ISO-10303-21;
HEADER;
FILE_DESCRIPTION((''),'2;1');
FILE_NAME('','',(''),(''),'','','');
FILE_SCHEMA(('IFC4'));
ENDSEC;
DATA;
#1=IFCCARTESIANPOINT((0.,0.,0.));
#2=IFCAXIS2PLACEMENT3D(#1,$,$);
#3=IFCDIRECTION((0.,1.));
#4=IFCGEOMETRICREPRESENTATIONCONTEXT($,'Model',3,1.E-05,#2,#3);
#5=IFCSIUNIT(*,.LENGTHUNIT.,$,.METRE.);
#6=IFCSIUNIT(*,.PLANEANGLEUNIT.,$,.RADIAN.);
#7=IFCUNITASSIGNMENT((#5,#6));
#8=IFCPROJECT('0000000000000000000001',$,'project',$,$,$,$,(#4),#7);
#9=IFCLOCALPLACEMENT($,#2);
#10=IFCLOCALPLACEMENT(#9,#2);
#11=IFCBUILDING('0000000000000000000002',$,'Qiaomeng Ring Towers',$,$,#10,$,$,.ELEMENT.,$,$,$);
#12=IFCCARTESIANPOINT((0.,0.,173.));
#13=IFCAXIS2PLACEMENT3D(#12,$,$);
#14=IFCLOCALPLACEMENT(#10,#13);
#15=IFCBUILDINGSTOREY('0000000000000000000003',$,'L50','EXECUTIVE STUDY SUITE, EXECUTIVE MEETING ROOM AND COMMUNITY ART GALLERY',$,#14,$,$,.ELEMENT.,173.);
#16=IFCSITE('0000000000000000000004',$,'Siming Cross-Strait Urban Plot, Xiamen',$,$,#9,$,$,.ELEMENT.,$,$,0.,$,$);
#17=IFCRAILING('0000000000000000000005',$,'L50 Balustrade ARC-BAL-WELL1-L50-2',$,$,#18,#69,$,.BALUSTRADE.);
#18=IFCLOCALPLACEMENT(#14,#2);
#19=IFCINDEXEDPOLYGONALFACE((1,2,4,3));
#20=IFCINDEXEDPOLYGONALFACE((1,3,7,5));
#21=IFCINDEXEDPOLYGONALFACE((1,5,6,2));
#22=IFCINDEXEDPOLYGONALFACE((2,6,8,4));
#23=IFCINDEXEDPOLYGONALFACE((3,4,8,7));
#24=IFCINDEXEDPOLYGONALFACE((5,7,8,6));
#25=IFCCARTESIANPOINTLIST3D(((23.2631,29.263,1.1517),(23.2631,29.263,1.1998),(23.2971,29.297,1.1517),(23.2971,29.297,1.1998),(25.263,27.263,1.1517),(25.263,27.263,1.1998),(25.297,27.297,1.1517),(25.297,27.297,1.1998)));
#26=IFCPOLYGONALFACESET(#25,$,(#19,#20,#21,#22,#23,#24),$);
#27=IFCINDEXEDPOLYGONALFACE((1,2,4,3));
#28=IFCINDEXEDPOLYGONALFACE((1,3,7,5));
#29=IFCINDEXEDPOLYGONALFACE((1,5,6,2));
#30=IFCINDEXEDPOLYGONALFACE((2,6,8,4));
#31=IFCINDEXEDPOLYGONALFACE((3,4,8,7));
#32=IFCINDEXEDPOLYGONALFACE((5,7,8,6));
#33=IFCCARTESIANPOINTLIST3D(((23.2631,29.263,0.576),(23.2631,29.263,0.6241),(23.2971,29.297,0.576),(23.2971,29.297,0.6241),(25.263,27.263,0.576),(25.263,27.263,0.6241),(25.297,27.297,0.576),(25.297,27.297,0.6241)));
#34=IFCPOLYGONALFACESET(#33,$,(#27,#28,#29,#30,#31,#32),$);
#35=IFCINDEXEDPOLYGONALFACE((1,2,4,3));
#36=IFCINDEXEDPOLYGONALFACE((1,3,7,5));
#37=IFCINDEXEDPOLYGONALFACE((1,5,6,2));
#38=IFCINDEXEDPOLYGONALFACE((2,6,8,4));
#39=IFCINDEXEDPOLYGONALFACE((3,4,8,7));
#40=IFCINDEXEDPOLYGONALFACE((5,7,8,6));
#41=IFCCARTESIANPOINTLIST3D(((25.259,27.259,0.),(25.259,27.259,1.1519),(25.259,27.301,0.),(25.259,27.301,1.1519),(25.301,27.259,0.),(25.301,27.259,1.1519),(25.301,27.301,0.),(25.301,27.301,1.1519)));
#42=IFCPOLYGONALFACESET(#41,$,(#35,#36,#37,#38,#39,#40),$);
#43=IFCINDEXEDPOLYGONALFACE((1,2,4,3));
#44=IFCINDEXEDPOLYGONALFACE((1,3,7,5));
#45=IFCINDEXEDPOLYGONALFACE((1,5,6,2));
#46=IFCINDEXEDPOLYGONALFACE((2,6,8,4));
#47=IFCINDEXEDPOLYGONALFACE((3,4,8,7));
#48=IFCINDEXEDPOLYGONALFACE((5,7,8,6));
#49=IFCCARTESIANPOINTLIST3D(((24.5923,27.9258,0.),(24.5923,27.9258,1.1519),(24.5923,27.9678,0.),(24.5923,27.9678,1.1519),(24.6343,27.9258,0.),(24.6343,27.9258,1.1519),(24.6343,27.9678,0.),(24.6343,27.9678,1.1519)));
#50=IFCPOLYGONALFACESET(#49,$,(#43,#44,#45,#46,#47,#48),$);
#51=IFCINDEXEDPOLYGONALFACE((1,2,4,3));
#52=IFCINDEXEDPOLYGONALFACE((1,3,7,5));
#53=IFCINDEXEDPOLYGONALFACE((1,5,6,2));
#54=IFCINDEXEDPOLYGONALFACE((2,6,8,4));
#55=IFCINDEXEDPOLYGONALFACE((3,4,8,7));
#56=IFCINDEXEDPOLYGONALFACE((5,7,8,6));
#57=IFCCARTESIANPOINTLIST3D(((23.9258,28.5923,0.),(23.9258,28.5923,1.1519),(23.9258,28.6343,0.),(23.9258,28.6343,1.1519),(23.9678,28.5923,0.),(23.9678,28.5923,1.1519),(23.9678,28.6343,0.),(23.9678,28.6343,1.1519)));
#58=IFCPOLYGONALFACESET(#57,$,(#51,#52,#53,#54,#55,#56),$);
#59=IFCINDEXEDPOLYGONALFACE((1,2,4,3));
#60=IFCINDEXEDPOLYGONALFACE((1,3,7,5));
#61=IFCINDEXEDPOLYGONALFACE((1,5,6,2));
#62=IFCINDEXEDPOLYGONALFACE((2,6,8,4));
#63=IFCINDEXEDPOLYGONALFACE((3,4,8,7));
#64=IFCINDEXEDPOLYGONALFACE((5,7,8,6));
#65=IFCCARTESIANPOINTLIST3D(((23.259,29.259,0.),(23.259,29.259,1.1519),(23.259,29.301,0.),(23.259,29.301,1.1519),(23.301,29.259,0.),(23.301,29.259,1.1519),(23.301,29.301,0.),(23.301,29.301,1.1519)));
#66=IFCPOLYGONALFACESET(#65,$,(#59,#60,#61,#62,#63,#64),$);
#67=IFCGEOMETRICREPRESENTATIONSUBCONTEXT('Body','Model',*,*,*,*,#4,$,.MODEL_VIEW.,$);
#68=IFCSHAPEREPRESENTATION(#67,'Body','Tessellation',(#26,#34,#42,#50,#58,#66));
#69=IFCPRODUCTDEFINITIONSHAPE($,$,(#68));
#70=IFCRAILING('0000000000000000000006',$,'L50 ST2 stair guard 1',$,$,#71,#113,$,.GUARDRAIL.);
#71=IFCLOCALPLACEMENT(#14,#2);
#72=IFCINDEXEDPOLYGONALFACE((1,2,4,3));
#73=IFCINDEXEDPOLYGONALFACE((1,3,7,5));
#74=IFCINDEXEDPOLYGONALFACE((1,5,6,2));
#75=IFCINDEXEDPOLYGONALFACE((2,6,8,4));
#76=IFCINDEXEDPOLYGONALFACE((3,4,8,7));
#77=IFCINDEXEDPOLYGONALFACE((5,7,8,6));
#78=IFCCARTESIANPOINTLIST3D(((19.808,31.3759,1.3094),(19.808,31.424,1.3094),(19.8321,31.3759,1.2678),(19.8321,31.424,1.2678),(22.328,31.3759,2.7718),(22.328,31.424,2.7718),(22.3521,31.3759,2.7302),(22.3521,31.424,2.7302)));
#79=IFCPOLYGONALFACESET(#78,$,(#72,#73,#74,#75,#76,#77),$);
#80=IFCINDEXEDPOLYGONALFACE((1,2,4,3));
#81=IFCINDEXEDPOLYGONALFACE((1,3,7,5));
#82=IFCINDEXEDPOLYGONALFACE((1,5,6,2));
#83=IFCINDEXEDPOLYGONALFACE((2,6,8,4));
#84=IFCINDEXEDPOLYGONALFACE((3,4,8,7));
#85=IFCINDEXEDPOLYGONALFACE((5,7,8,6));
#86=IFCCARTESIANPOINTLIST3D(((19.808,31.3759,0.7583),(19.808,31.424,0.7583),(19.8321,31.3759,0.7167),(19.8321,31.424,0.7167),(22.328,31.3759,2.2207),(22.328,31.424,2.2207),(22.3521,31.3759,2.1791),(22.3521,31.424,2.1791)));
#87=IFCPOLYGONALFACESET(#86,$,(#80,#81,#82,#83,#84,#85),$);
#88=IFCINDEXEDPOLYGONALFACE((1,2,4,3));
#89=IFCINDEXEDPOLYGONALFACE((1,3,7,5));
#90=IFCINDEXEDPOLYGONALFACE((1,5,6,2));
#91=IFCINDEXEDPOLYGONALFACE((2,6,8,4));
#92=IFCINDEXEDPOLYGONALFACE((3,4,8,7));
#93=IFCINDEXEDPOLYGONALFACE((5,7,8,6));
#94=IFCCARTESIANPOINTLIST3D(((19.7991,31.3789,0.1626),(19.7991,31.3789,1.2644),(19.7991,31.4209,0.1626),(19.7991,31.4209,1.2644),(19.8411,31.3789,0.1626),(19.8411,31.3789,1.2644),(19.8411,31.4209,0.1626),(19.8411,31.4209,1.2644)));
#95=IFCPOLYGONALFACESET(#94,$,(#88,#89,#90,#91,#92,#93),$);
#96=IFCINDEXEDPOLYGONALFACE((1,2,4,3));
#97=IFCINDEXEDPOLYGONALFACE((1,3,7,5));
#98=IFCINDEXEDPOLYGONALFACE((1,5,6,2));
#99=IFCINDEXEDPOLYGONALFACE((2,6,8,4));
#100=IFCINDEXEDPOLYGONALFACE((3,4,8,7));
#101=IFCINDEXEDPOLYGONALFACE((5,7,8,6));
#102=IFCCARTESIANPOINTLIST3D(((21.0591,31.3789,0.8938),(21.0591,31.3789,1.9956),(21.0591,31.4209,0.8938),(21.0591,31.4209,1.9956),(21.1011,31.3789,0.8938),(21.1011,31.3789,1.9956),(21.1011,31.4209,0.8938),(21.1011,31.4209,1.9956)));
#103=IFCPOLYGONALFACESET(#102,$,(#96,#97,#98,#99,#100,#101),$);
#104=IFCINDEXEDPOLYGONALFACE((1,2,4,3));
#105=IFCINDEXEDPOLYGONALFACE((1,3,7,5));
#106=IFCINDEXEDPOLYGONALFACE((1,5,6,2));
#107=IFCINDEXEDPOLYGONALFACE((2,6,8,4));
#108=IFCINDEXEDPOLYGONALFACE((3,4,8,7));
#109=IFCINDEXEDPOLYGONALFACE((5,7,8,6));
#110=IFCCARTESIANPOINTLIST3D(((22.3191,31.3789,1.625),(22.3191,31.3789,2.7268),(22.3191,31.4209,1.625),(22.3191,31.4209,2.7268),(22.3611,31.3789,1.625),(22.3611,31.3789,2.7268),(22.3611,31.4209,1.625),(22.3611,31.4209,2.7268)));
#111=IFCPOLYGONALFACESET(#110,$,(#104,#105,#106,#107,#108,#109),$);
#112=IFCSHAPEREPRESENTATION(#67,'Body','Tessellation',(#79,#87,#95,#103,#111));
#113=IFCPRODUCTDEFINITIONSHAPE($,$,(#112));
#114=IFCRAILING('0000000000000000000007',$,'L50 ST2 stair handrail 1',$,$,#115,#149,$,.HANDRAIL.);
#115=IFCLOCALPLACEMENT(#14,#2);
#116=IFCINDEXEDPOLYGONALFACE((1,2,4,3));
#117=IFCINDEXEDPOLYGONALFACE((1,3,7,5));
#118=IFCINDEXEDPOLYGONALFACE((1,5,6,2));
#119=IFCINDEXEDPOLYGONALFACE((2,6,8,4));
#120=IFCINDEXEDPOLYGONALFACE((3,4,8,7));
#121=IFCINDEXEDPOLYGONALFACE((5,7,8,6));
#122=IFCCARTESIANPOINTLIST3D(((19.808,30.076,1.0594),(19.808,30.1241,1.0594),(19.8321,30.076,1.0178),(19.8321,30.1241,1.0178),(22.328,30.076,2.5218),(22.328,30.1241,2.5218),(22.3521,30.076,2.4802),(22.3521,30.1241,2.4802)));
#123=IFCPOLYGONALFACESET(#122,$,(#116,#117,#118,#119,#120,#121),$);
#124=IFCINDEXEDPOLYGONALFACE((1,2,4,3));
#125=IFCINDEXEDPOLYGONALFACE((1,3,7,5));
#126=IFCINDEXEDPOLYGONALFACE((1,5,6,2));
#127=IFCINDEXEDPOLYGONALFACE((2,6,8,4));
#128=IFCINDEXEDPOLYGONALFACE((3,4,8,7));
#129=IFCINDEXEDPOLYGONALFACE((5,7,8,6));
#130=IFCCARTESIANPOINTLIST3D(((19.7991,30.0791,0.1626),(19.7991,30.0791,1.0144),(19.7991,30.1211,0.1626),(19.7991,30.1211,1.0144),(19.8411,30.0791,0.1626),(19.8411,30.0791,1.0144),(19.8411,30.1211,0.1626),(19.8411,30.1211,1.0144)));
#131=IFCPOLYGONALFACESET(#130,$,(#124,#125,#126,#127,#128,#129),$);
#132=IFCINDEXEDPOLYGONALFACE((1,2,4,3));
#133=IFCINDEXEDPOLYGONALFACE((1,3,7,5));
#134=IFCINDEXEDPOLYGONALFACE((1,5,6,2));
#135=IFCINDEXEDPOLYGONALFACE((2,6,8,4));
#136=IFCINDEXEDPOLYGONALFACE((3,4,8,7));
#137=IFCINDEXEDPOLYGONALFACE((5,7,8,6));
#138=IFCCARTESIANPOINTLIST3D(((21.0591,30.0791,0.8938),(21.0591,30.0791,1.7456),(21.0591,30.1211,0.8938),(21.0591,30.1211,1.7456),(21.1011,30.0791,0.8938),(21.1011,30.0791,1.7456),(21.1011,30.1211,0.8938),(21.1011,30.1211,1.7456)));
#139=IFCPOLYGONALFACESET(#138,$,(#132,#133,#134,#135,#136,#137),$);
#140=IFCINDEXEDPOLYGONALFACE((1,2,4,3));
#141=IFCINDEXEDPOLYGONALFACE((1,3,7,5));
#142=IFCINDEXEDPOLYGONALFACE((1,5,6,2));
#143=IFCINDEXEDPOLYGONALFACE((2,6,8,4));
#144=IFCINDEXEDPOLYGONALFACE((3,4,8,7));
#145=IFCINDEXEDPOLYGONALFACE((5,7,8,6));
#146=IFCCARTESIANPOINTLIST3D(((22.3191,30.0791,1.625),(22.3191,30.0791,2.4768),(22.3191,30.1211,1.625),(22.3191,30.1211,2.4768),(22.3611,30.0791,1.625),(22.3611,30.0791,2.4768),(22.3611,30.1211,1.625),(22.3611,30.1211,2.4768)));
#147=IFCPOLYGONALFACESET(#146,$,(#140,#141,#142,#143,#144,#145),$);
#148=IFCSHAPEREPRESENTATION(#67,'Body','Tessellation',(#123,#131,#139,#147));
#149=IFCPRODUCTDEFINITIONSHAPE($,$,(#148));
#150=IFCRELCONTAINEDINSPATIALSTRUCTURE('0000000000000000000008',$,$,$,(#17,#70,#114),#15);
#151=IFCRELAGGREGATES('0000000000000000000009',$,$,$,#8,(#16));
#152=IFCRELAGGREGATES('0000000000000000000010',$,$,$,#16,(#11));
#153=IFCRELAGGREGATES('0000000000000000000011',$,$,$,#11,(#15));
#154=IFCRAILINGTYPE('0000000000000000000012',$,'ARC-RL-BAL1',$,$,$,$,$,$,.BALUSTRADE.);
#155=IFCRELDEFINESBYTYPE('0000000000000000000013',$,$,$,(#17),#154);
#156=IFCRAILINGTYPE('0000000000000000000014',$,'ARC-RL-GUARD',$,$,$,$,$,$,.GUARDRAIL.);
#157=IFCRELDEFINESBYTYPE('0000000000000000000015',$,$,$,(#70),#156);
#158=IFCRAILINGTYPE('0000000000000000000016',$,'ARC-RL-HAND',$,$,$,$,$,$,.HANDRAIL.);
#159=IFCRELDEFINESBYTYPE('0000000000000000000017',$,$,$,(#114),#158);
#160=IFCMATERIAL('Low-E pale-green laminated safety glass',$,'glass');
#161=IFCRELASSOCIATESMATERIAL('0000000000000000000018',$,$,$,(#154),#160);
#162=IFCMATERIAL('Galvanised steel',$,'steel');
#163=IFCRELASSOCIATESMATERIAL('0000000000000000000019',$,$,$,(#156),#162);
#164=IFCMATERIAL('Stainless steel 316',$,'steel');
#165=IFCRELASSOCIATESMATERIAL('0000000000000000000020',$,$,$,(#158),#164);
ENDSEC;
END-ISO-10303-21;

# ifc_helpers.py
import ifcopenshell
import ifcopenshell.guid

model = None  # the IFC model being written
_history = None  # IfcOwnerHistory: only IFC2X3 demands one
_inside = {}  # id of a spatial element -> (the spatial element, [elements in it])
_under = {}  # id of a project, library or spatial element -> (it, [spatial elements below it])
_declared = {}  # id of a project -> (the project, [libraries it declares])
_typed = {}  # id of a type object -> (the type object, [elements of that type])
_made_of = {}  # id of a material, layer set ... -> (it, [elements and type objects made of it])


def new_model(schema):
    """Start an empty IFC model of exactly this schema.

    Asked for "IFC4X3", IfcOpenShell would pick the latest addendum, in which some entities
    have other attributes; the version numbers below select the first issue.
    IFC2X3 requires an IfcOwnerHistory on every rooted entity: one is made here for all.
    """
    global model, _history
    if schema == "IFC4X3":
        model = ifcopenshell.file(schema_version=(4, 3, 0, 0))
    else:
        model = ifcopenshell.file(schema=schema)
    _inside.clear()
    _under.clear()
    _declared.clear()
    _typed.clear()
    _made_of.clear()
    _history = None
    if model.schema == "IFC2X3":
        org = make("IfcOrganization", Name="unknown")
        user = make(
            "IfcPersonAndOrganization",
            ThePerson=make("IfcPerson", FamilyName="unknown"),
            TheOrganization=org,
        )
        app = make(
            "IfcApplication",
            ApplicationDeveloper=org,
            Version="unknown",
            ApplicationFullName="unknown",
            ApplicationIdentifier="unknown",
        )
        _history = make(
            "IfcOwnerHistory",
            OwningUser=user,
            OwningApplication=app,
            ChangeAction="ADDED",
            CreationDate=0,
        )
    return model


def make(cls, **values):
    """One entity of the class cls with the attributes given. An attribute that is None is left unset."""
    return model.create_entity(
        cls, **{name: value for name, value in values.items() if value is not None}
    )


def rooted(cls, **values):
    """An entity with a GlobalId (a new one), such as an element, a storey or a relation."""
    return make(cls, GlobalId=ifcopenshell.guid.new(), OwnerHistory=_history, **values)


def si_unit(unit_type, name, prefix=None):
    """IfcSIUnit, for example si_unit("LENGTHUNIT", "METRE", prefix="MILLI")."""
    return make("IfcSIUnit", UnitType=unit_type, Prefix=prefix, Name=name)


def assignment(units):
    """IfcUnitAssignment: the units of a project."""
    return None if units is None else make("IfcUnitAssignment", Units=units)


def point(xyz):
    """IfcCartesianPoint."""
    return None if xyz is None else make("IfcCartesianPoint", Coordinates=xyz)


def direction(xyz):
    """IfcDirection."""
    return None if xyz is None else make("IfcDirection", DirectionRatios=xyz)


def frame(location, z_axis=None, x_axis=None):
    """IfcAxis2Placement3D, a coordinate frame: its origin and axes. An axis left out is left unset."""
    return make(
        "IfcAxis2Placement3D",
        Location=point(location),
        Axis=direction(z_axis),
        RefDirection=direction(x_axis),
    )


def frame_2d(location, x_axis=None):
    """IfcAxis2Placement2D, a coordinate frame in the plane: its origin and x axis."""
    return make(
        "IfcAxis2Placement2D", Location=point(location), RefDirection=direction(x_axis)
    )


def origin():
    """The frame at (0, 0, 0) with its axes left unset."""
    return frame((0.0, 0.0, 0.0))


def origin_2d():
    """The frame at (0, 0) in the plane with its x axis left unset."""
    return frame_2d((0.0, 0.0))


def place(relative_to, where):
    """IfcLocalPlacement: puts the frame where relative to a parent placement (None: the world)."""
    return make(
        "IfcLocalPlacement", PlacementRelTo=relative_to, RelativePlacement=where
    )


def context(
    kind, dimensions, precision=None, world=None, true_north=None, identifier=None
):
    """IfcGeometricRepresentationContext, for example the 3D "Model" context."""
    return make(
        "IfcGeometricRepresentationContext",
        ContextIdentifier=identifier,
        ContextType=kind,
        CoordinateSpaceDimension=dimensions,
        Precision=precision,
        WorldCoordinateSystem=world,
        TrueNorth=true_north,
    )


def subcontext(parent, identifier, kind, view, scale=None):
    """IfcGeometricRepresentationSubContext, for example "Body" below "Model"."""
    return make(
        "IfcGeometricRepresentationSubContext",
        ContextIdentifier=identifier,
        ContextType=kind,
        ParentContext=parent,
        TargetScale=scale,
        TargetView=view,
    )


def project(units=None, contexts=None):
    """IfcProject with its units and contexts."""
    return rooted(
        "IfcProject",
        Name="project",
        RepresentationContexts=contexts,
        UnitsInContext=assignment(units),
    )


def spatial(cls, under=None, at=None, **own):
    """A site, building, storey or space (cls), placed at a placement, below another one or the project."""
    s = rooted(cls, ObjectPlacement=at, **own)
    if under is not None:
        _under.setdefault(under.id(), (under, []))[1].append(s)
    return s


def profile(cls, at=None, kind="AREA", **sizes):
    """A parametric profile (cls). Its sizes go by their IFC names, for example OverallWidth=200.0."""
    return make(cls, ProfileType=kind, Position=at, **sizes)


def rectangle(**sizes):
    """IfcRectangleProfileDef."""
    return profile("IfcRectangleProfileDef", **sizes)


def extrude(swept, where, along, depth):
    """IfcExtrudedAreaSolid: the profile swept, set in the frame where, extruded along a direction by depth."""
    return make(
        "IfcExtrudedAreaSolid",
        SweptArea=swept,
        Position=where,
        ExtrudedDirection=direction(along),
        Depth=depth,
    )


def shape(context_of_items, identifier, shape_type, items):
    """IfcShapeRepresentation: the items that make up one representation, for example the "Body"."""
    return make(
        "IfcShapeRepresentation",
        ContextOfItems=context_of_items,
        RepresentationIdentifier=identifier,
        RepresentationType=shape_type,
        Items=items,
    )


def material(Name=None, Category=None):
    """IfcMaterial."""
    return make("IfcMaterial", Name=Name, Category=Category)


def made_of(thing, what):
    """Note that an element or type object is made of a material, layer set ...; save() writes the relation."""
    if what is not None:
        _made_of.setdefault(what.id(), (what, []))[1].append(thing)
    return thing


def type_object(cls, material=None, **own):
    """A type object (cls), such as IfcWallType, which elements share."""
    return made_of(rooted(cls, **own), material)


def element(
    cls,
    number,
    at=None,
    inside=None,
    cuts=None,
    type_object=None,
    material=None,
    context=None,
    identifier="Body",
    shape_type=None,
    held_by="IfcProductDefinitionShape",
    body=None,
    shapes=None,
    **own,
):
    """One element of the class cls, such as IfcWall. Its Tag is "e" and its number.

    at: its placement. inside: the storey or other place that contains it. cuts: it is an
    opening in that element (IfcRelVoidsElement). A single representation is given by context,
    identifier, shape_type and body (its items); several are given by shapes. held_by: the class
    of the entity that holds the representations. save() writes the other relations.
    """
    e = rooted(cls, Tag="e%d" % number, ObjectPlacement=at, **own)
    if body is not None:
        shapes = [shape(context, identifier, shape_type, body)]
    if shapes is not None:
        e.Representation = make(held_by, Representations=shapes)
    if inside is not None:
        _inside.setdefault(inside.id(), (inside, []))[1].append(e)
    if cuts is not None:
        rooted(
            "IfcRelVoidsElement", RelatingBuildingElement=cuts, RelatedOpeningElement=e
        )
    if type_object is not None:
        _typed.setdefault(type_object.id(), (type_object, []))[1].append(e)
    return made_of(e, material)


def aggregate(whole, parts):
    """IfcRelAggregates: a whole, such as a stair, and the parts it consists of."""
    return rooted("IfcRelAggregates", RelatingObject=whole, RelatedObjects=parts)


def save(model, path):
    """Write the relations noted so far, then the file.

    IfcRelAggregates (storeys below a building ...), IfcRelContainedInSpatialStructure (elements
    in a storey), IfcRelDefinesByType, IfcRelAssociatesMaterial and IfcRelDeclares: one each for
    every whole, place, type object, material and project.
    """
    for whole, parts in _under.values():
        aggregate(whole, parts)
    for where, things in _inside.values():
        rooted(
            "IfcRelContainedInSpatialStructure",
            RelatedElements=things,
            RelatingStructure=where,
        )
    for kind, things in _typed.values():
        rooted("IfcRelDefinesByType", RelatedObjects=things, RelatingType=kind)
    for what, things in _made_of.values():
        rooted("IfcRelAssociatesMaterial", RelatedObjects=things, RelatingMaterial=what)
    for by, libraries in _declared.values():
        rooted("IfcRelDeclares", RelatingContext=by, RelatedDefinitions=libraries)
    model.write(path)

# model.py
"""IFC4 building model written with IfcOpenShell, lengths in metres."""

from ifc_helpers import new_model, si_unit, direction, frame, origin, origin_2d, place, context, subcontext, project, spatial, rectangle, extrude, material, type_object, element, save


model = new_model("IFC4")

# Units and contexts
model_context = context("Model", 3, precision=1e-05, world=origin(), true_north=direction((0.0, 1.0)))
body_context = subcontext(model_context, "Body", "Model", "MODEL_VIEW")
ifc_project = project(units=[si_unit("LENGTHUNIT", "METRE"), si_unit("PLANEANGLEUNIT", "RADIAN")], contexts=[model_context])

# Site, building, storey
site_placement = place(None, origin())
site = spatial("IfcSite", under=ifc_project, at=site_placement, Name="Siming Cross-Strait Urban Plot, Xiamen", CompositionType="ELEMENT", RefElevation=0.0)
building_placement = place(site_placement, origin())
building = spatial("IfcBuilding", under=site, at=building_placement, Name="Qiaomeng Ring Towers", CompositionType="ELEMENT")
storey_placement = place(building_placement, frame((0.0, 0.0, 173.0)))
storey = spatial("IfcBuildingStorey", under=building, at=storey_placement, Name="L50", Description="EXECUTIVE STUDY SUITE, EXECUTIVE MEETING ROOM AND COMMUNITY ART GALLERY", CompositionType="ELEMENT", Elevation=173.0)

# Shared definitions
ifc_material_1 = material(Name="Galvanised steel", Category="steel")

# Shared definitions
ifc_material_2 = material(Name="Stainless steel 316", Category="steel")

# Railings
ifc_material_3 = material(Name="Low-E pale-green laminated safety glass", Category="glass")
railing_type_1 = type_object("IfcRailingType", Name="ARC-RL-BAL1", PredefinedType="BALUSTRADE", material=ifc_material_3)
railing_1_placement = place(storey_placement, frame((25.28, 27.28, 0.0)))
element("IfcRailing", 1, at=railing_1_placement, inside=storey, type_object=railing_type_1, Name="L50 Balustrade ARC-BAL-WELL1-L50-2", PredefinedType="BALUSTRADE", context=body_context, shape_type="SweptSolid", body=[
    extrude(rectangle(XDim=0.0481, YDim=0.0481, at=origin_2d()), frame((0.0, 0.0, 1.1758), z_axis=(-0.707107, 0.707107, 0.0), x_axis=(-0.707107, -0.707107, 0.0)), (0.0, 0.0, 1.0), 2.8284),
    extrude(rectangle(XDim=0.0481, YDim=0.0481, at=origin_2d()), frame((0.0, 0.0, 0.6001), z_axis=(-0.707107, 0.707107, 0.0), x_axis=(-0.707107, -0.707107, 0.0)), (0.0, 0.0, 1.0), 2.8284),
    extrude(rectangle(XDim=0.042, YDim=0.042, at=origin_2d()), origin(), (0.0, 0.0, 1.0), 1.1519),
    extrude(rectangle(XDim=0.042, YDim=0.042, at=origin_2d()), frame((-0.6667, 0.6667, 0.0)), (0.0, 0.0, 1.0), 1.1519),
    extrude(rectangle(XDim=0.042, YDim=0.042, at=origin_2d()), frame((-1.3333, 1.3333, 0.0)), (0.0, 0.0, 1.0), 1.1519),
    extrude(rectangle(XDim=0.042, YDim=0.042, at=origin_2d()), frame((-2.0, 2.0, 0.0)), (0.0, 0.0, 1.0), 1.1519),
])
railing_type_2 = type_object("IfcRailingType", Name="ARC-RL-GUARD", PredefinedType="GUARDRAIL", material=ifc_material_1)
railing_2_placement = place(storey_placement, frame((19.8201, 31.3999, 0.1626)))
element("IfcRailing", 2, at=railing_2_placement, inside=storey, type_object=railing_type_2, Name="L50 ST2 stair guard 1", PredefinedType="GUARDRAIL", context=body_context, shape_type="SweptSolid", body=[
    extrude(rectangle(XDim=0.0481, YDim=0.0481, at=origin_2d()), frame((0.0, 0.0, 1.126), z_axis=(0.864913, 0.0, 0.501921), x_axis=(0.0, 1.0, 0.0)), (0.0, 0.0, 1.0), 2.9136),
    extrude(rectangle(XDim=0.0481, YDim=0.0481, at=origin_2d()), frame((0.0, 0.0, 0.575), z_axis=(0.864913, 0.0, 0.501921), x_axis=(0.0, 1.0, 0.0)), (0.0, 0.0, 1.0), 2.9136),
    extrude(rectangle(XDim=0.042, YDim=0.042, at=origin_2d()), origin(), (0.0, 0.0, 1.0), 1.1018),
    extrude(rectangle(XDim=0.042, YDim=0.042, at=origin_2d()), frame((1.26, 0.0, 0.7312)), (0.0, 0.0, 1.0), 1.1018),
    extrude(rectangle(XDim=0.042, YDim=0.042, at=origin_2d()), frame((2.52, 0.0, 1.4624)), (0.0, 0.0, 1.0), 1.1018),
])
railing_type_3 = type_object("IfcRailingType", Name="ARC-RL-HAND", PredefinedType="HANDRAIL", material=ifc_material_2)
railing_3_placement = place(storey_placement, frame((19.8201, 30.1001, 0.1626)))
element("IfcRailing", 3, at=railing_3_placement, inside=storey, type_object=railing_type_3, Name="L50 ST2 stair handrail 1", PredefinedType="HANDRAIL", context=body_context, shape_type="SweptSolid", body=[
    extrude(rectangle(XDim=0.0481, YDim=0.0481, at=origin_2d()), frame((0.0, 0.0, 0.876), z_axis=(0.864913, 0.0, 0.501921), x_axis=(0.0, 1.0, 0.0)), (0.0, 0.0, 1.0), 2.9136),
    extrude(rectangle(XDim=0.042, YDim=0.042, at=origin_2d()), origin(), (0.0, 0.0, 1.0), 0.8518),
    extrude(rectangle(XDim=0.042, YDim=0.042, at=origin_2d()), frame((1.26, 0.0, 0.7312)), (0.0, 0.0, 1.0), 0.8518),
    extrude(rectangle(XDim=0.042, YDim=0.042, at=origin_2d()), frame((2.52, 0.0, 1.4624)), (0.0, 0.0, 1.0), 0.8518),
])

save(model, "model.ifc")
